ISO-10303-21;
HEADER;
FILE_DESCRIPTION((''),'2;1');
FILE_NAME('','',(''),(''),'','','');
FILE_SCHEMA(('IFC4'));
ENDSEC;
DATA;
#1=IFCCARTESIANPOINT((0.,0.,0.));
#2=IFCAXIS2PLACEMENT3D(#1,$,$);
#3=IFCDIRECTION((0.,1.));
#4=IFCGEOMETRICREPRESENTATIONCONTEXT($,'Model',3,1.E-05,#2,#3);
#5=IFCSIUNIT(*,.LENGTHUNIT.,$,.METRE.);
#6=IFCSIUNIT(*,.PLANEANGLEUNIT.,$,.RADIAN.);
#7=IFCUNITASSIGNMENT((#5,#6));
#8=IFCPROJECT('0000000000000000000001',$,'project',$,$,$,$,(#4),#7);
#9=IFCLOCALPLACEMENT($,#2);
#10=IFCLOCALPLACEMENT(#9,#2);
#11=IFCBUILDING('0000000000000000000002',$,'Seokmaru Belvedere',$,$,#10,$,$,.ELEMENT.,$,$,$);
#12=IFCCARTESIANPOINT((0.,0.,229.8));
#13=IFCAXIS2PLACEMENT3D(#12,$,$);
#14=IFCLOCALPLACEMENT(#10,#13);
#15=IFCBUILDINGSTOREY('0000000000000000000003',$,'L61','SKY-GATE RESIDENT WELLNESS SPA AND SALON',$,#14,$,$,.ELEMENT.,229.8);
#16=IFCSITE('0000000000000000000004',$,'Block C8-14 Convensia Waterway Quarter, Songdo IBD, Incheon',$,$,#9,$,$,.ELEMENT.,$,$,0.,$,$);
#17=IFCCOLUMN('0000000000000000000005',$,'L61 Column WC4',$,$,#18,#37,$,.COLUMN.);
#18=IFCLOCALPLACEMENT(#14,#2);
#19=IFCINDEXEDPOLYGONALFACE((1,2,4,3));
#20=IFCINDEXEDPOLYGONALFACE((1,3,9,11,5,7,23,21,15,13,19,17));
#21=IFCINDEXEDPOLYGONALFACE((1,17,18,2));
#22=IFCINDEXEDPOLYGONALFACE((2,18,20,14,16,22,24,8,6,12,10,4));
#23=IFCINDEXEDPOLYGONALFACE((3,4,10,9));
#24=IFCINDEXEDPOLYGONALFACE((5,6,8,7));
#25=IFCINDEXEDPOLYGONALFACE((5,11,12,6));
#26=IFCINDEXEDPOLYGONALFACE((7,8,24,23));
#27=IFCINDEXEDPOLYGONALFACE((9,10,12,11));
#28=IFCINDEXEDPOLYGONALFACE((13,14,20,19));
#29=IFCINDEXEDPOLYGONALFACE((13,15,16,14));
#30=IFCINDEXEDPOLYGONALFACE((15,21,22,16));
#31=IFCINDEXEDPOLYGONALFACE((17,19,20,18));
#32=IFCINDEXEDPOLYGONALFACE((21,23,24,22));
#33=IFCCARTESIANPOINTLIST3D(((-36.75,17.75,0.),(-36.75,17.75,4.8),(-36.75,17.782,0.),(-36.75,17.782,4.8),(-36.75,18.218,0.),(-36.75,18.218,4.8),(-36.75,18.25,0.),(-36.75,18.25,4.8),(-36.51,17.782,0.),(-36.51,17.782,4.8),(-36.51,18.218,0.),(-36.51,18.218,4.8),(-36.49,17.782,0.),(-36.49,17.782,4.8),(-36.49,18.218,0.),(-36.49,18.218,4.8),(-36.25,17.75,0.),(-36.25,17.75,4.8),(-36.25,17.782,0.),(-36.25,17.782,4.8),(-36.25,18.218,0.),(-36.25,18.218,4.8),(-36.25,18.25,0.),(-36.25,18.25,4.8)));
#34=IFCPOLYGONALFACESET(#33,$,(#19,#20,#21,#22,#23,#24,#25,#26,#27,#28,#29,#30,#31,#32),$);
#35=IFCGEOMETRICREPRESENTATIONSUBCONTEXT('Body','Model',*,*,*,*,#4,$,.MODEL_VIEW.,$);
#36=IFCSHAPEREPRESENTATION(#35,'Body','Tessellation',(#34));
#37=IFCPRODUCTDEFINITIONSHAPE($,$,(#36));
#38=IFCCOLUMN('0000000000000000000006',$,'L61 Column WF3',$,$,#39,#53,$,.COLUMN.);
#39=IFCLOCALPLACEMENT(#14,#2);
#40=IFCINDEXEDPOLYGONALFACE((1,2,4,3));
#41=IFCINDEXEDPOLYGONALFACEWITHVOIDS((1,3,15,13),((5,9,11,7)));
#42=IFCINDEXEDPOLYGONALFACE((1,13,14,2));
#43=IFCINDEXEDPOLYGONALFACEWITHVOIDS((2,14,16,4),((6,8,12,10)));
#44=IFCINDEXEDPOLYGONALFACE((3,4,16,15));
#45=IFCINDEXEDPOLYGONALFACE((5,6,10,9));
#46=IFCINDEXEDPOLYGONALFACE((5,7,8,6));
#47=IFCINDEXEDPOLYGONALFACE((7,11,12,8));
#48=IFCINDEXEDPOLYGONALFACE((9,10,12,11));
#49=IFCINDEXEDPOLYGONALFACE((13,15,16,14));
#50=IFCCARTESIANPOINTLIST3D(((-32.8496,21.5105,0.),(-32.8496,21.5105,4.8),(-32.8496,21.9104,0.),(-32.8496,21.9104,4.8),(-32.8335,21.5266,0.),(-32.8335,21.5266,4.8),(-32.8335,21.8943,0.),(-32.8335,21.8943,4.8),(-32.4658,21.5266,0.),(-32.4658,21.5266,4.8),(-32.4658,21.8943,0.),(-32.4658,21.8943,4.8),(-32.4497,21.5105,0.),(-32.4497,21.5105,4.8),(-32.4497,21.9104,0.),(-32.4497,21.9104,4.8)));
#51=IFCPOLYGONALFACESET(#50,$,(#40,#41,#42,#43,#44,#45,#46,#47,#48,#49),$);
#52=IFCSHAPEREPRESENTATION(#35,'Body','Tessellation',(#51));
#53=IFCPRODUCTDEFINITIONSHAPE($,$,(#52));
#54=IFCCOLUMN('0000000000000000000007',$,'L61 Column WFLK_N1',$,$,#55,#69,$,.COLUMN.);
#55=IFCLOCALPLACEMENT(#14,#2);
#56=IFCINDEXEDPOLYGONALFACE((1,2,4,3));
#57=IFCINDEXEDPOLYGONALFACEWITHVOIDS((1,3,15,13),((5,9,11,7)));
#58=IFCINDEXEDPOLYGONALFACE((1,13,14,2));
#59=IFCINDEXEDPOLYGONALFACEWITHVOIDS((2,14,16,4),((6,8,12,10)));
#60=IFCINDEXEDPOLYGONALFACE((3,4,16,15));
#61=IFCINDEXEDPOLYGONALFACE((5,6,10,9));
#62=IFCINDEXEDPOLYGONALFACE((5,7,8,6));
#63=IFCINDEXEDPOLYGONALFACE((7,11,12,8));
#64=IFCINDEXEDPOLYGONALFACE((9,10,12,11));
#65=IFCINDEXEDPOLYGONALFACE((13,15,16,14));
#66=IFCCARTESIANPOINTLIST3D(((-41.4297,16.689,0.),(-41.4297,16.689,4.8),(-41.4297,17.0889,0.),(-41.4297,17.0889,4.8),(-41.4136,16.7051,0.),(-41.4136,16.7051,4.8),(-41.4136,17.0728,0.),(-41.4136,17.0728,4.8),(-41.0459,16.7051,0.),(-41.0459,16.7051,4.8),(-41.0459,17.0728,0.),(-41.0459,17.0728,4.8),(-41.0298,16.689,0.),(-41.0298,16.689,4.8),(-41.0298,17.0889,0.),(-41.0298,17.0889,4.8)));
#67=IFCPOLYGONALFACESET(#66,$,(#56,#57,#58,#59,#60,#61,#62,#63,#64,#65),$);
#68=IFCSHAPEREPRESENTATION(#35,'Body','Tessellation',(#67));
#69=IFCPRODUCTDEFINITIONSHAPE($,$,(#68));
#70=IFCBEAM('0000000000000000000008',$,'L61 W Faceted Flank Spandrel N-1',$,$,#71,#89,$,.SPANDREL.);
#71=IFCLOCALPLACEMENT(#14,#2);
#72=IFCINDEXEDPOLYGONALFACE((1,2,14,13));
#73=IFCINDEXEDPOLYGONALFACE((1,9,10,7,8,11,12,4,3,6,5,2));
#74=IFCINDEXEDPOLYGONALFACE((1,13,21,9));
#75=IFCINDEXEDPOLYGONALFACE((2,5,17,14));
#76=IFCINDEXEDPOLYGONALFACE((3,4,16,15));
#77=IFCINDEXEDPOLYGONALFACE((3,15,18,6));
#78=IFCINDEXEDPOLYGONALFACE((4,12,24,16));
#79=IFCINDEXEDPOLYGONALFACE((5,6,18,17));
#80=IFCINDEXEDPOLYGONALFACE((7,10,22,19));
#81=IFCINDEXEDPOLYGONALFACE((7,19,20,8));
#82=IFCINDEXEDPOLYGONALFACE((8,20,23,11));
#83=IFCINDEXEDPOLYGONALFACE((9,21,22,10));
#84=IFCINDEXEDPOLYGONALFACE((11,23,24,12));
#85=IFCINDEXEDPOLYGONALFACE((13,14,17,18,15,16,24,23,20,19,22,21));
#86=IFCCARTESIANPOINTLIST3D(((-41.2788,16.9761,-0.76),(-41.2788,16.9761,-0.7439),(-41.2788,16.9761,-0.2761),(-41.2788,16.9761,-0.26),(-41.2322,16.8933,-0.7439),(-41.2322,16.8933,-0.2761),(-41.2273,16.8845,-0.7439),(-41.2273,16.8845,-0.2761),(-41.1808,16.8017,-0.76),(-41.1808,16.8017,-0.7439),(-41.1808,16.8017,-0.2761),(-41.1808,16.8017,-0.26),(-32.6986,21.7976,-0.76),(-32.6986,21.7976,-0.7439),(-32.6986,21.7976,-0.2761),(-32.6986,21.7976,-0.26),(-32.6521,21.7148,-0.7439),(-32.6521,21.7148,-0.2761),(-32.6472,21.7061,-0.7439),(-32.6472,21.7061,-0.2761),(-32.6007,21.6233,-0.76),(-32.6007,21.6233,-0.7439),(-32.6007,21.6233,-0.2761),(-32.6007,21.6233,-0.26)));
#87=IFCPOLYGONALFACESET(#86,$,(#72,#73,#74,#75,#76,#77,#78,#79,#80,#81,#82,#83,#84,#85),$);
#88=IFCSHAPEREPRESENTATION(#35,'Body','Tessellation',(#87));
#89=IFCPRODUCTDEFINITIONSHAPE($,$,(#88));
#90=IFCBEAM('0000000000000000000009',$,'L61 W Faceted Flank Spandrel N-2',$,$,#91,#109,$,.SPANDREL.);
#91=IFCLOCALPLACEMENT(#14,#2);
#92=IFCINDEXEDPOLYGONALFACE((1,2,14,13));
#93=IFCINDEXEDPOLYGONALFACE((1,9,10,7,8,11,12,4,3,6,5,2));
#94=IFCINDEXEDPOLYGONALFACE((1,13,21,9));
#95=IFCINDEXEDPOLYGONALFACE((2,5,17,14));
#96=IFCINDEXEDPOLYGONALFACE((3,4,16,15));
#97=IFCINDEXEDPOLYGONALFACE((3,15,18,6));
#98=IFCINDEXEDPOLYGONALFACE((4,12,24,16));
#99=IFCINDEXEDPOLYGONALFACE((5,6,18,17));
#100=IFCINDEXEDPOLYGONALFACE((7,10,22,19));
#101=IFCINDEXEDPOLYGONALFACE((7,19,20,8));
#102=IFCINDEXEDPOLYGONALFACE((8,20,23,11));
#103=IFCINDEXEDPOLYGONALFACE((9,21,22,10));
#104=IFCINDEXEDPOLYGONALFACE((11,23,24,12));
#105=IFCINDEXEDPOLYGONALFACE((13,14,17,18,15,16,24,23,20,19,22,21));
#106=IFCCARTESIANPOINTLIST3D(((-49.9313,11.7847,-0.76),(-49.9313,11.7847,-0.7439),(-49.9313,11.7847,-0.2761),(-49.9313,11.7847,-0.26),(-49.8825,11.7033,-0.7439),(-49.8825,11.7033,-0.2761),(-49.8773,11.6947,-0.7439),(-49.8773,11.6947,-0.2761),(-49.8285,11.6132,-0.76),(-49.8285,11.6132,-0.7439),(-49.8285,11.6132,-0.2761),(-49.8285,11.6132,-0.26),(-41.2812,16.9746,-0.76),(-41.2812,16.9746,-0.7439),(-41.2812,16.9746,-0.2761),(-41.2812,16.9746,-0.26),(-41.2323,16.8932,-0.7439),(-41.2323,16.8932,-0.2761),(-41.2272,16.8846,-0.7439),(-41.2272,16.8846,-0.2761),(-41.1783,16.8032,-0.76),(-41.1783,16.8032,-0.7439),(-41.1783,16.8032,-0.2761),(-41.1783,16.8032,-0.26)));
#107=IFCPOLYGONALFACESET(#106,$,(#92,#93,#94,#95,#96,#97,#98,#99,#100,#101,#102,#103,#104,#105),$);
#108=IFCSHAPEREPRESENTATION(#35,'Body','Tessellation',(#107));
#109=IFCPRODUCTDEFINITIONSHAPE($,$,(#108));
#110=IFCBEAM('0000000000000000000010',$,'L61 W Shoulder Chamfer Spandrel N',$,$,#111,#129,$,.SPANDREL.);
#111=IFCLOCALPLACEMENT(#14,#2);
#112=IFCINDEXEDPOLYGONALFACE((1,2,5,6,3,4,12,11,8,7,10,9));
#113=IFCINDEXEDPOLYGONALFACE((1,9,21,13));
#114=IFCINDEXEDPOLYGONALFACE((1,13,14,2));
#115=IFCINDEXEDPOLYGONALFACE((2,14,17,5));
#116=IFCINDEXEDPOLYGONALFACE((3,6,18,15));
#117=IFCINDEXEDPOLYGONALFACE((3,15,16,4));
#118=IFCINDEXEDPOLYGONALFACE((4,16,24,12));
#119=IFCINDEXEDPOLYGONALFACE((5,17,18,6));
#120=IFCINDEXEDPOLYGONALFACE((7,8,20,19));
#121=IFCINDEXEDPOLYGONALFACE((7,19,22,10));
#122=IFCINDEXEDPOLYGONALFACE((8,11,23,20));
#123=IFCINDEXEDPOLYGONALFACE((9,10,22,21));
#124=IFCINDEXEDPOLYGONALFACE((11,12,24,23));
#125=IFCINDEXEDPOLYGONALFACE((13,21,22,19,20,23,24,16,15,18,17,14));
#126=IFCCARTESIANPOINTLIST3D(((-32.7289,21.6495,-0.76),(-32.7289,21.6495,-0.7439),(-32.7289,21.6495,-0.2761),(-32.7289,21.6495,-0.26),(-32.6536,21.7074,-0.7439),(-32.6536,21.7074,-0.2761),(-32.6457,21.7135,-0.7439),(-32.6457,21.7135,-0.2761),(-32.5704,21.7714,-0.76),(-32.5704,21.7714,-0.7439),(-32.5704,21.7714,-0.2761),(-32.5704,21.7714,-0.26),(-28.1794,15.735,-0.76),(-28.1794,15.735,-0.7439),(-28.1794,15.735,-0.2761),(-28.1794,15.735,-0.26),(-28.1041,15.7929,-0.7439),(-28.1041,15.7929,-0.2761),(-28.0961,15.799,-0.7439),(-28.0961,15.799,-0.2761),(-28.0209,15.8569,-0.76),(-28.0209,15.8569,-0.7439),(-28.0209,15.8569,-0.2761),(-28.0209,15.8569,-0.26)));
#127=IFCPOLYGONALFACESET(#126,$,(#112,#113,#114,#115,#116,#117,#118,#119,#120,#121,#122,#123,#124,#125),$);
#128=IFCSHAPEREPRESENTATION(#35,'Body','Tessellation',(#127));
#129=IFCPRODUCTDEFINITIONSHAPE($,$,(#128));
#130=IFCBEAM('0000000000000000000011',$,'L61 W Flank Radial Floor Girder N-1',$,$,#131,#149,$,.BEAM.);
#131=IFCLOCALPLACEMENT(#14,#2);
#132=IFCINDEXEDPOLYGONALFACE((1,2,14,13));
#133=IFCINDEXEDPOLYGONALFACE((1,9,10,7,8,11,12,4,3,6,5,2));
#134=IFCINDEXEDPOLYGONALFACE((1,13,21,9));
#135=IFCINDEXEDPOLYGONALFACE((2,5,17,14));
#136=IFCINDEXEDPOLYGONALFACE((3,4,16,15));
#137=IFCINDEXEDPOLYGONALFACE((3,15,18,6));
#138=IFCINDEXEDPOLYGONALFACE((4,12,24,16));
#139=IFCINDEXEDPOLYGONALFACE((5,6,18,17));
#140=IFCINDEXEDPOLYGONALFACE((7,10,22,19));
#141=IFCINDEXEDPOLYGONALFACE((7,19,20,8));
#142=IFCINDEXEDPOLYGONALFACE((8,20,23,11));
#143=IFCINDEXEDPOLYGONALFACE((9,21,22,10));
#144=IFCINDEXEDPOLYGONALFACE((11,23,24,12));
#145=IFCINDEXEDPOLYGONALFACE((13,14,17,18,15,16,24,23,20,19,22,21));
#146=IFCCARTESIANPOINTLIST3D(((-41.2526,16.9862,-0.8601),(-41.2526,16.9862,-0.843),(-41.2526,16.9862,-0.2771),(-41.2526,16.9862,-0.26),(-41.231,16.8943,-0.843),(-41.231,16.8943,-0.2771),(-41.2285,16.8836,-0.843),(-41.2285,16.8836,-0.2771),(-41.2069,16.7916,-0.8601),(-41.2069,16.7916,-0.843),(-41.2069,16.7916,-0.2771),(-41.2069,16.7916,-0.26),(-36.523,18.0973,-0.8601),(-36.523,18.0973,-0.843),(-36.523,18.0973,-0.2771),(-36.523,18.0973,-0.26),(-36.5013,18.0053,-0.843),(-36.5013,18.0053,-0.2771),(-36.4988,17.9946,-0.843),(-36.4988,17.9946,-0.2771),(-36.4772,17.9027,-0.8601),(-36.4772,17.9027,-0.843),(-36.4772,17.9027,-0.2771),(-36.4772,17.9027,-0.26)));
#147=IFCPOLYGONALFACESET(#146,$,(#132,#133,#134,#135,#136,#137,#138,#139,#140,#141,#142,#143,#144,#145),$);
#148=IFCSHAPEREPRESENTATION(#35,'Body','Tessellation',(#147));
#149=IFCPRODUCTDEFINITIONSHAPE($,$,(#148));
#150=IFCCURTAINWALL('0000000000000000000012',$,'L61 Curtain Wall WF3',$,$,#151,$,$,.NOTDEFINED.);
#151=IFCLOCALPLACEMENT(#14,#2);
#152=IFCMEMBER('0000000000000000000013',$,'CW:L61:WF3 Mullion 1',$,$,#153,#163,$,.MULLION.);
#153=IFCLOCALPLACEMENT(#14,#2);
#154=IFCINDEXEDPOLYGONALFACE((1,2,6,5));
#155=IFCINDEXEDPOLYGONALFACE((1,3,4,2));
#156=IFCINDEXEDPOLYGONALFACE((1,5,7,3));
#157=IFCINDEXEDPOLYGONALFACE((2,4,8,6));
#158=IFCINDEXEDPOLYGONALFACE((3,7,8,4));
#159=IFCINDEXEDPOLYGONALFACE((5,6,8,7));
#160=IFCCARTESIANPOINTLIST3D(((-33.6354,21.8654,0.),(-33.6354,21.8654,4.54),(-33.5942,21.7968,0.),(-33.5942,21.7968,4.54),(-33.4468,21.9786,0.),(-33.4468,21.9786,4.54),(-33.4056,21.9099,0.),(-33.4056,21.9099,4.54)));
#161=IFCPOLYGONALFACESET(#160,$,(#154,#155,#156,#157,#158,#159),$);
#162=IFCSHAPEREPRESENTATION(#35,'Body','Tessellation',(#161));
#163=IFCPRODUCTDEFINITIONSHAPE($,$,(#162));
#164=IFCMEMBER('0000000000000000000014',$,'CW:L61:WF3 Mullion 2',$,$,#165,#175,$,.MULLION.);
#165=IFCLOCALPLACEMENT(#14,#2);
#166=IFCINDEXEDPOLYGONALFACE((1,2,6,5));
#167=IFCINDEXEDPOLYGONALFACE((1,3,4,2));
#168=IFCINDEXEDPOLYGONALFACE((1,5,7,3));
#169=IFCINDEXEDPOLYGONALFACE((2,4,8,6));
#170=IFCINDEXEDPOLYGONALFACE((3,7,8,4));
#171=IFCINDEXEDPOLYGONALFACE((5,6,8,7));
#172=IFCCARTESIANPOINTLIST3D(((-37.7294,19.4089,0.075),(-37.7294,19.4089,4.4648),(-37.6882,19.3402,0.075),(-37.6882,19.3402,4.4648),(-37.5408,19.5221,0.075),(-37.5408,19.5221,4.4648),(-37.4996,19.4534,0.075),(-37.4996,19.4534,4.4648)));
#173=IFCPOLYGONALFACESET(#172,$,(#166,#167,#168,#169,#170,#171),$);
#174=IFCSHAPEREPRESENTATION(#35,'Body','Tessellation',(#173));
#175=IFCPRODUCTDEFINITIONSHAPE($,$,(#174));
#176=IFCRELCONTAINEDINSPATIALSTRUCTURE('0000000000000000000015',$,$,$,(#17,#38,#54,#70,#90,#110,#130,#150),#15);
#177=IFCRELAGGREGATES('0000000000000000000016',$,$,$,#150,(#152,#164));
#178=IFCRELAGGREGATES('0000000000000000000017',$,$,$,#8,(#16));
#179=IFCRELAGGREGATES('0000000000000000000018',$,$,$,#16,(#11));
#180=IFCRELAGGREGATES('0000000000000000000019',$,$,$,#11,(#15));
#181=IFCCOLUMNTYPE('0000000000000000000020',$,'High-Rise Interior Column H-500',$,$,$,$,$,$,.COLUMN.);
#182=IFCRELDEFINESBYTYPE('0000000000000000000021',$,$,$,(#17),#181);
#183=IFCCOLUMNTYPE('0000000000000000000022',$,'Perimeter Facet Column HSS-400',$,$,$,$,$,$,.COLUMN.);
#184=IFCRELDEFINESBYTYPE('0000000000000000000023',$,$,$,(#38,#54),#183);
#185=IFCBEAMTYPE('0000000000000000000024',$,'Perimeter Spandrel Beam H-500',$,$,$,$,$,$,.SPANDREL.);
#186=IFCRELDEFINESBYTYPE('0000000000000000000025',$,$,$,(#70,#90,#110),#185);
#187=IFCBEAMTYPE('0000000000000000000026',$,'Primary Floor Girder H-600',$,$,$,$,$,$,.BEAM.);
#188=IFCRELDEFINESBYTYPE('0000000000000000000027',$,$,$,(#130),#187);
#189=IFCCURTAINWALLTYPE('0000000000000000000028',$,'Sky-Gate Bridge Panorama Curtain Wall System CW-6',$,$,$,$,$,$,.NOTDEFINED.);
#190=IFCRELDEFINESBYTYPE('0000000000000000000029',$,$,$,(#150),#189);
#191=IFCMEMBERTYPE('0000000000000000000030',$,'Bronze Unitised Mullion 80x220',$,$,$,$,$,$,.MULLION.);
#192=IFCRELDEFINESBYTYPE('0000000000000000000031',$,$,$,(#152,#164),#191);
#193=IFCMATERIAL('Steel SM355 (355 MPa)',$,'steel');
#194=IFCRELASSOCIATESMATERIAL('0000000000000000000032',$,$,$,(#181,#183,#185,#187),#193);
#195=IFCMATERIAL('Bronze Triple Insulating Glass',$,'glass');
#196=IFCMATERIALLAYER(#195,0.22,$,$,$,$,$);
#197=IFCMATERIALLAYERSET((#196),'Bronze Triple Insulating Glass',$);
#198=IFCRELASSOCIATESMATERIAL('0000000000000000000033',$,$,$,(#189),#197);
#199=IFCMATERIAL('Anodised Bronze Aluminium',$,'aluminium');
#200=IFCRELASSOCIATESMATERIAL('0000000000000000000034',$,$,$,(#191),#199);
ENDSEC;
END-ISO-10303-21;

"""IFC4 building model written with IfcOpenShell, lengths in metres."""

from ifc_helpers import new_model, si_unit, direction, frame, origin, origin_2d, place, context, subcontext, project, spatial, rectangle, hollow_rectangle, i_section, extrude, source, transform, mapped, material, layer, layer_set, material_profile, profile_set, type_object, type_shapes, element, aggregate, save


model = new_model("IFC4")

# Units and contexts
model_context = context("Model", 3, precision=1e-05, world=origin(), true_north=direction((0.0, 1.0)))
body_context = subcontext(model_context, "Body", "Model", "MODEL_VIEW")
ifc_project = project(units=[si_unit("LENGTHUNIT", "METRE"), si_unit("PLANEANGLEUNIT", "RADIAN")], contexts=[model_context])

# Site, building, storey
site_placement = place(None, origin())
site = spatial("IfcSite", under=ifc_project, at=site_placement, Name="Block C8-14 Convensia Waterway Quarter, Songdo IBD, Incheon", CompositionType="ELEMENT", RefElevation=0.0)
building_placement = place(site_placement, origin())
building = spatial("IfcBuilding", under=site, at=building_placement, Name="Seokmaru Belvedere", CompositionType="ELEMENT")
storey_placement = place(building_placement, frame((0.0, 0.0, 229.8)))
storey = spatial("IfcBuildingStorey", under=building, at=storey_placement, Name="L61", Description="SKY-GATE RESIDENT WELLNESS SPA AND SALON", CompositionType="ELEMENT", Elevation=229.8)

# Columns
ifc_material_1 = material(Name="Steel SM355 (355 MPa)", Category="steel")
ifc_material_profile_1 = material_profile(ifc_material_1, i_section(OverallWidth=0.5, OverallDepth=0.5, WebThickness=0.02, FlangeThickness=0.032, at=origin_2d()), Name="H-500x500x20x32")
ifc_profile_set_1 = profile_set([ifc_material_profile_1], Name="Steel SM355 (355 MPa)")
column_type_1 = type_object("IfcColumnType", Name="High-Rise Interior Column H-500", PredefinedType="COLUMN", material=ifc_profile_set_1)
shared_shape_1 = source(origin(), body_context, "Body", "SweptSolid", [
    extrude(i_section(OverallWidth=0.5, OverallDepth=0.5, WebThickness=0.02, FlangeThickness=0.032, at=origin_2d()), origin(), (0.0, 0.0, 1.0), 4.8),
])
type_shapes(column_type_1, [shared_shape_1])
column_placement = place(storey_placement, frame((-36.5, 18.0, 0.0), z_axis=(0.0, 0.0, 1.0), x_axis=(1.0, 0.0, 0.0)))
element("IfcColumn", 1, at=column_placement, inside=storey, type_object=column_type_1, Name="L61 Column WC4", PredefinedType="COLUMN", context=body_context, shape_type="MappedRepresentation", body=[
    mapped(shared_shape_1, transform((0.0, 0.0, 0.0), scale=1.0)),
])
ifc_material_profile_2 = material_profile(ifc_material_1, hollow_rectangle(XDim=0.3999, YDim=0.3999, WallThickness=0.0161, at=origin_2d()), Name="HSS-400x400x16")
ifc_profile_set_2 = profile_set([ifc_material_profile_2], Name="Steel SM355 (355 MPa)")
column_type_2 = type_object("IfcColumnType", Name="Perimeter Facet Column HSS-400", PredefinedType="COLUMN", material=ifc_profile_set_2)
shared_shape_2 = source(origin(), body_context, "Body", "SweptSolid", [
    extrude(hollow_rectangle(XDim=0.3999, YDim=0.3999, WallThickness=0.0161, at=origin_2d()), origin(), (0.0, 0.0, 1.0), 4.8),
])
type_shapes(column_type_2, [shared_shape_2])
for number, where, z_axis, x_axis, name in (
    (2, (-32.6497, 21.7104, 0.0), (0.0, 0.0, 1.0), (1.0, 0.0, 0.0), "L61 Column WF3"),
    (3, (-41.2297, 16.8889, 0.0), (0.0, 0.0, 1.0), (1.0, 0.0, 0.0), "L61 Column WFLK_N1"),
):
    element("IfcColumn", number, at=place(storey_placement, frame(where, z_axis=z_axis, x_axis=x_axis)), inside=storey, type_object=column_type_2, Name=name, PredefinedType="COLUMN", context=body_context, shape_type="MappedRepresentation", body=[
        mapped(shared_shape_2, transform((0.0, 0.0, 0.0), scale=1.0)),
    ])

# Beams
ifc_material_profile_3 = material_profile(ifc_material_1, i_section(OverallWidth=0.2, OverallDepth=0.5, WebThickness=0.01, FlangeThickness=0.0161, at=origin_2d()), Name="H-500x200x10x16")
ifc_profile_set_3 = profile_set([ifc_material_profile_3], Name="Steel SM355 (355 MPa)")
beam_type_1 = type_object("IfcBeamType", Name="Perimeter Spandrel Beam H-500", PredefinedType="SPANDREL", material=ifc_profile_set_3)
shared_shape_3 = source(origin(), body_context, "Body", "SweptSolid", [
    extrude(i_section(OverallWidth=0.2, OverallDepth=0.5, WebThickness=0.01, FlangeThickness=0.0161, at=origin_2d()), origin(), (0.0, 0.0, 1.0), 9.842),
])
beam_1_placement = place(storey_placement, frame((-32.6497, 21.7104, -0.51), z_axis=(-0.871782, -0.489894, 0.0), x_axis=(0.489894, -0.871782, 0.0)))
element("IfcBeam", 4, at=beam_1_placement, inside=storey, type_object=beam_type_1, Name="L61 W Faceted Flank Spandrel N-1", PredefinedType="SPANDREL", context=body_context, shape_type="MappedRepresentation", body=[
    mapped(shared_shape_3, transform((0.0, 0.0, 0.0), scale=1.0)),
])
shared_shape_4 = source(origin(), body_context, "Body", "SweptSolid", [
    extrude(i_section(OverallWidth=0.2, OverallDepth=0.5, WebThickness=0.01, FlangeThickness=0.0161, at=origin_2d()), origin(), (0.0, 0.0, 1.0), 10.0876),
])
beam_2_placement = place(storey_placement, frame((-41.2297, 16.8889, -0.51), z_axis=(-0.857499, -0.514485, 0.0), x_axis=(0.514485, -0.857499, 0.0)))
element("IfcBeam", 5, at=beam_2_placement, inside=storey, type_object=beam_type_1, Name="L61 W Faceted Flank Spandrel N-2", PredefinedType="SPANDREL", context=body_context, shape_type="MappedRepresentation", body=[
    mapped(shared_shape_4, transform((0.0, 0.0, 0.0), scale=1.0)),
])
shared_shape_5 = source(origin(), body_context, "Body", "SweptSolid", [
    extrude(i_section(OverallWidth=0.2, OverallDepth=0.5, WebThickness=0.01, FlangeThickness=0.0161, at=origin_2d()), origin(), (0.0, 0.0, 1.0), 7.4619),
])
type_shapes(beam_type_1, [shared_shape_3, shared_shape_4, shared_shape_5])
beam_3_placement = place(storey_placement, frame((-32.6497, 21.7104, -0.51), z_axis=(0.609703, -0.79263, 0.0), x_axis=(0.79263, 0.609703, 0.0)))
element("IfcBeam", 6, at=beam_3_placement, inside=storey, type_object=beam_type_1, Name="L61 W Shoulder Chamfer Spandrel N", PredefinedType="SPANDREL", context=body_context, shape_type="MappedRepresentation", body=[
    mapped(shared_shape_5, transform((0.0, 0.0, 0.0), scale=1.0)),
])
ifc_material_profile_4 = material_profile(ifc_material_1, i_section(OverallWidth=0.2, OverallDepth=0.6001, WebThickness=0.011, FlangeThickness=0.0171, at=origin_2d()), Name="H-600x200x11x17")
ifc_profile_set_4 = profile_set([ifc_material_profile_4], Name="Steel SM355 (355 MPa)")
beam_type_2 = type_object("IfcBeamType", Name="Primary Floor Girder H-600", PredefinedType="BEAM", material=ifc_profile_set_4)
shared_shape_6 = source(origin(), body_context, "Body", "SweptSolid", [
    extrude(i_section(OverallWidth=0.2, OverallDepth=0.6001, WebThickness=0.011, FlangeThickness=0.0171, at=origin_2d()), origin(), (0.0, 0.0, 1.0), 4.8584),
])
type_shapes(beam_type_2, [shared_shape_6])
beam_4_placement = place(storey_placement, frame((-41.2297, 16.8889, -0.5601), z_axis=(0.973499, 0.228689, 0.0), x_axis=(-0.228689, 0.973499, 0.0)))
element("IfcBeam", 7, at=beam_4_placement, inside=storey, type_object=beam_type_2, Name="L61 W Flank Radial Floor Girder N-1", PredefinedType="BEAM", context=body_context, shape_type="MappedRepresentation", body=[
    mapped(shared_shape_6, transform((0.0, 0.0, 0.0), scale=1.0)),
])

# Curtain wall, members
ifc_material_2 = material(Name="Bronze Triple Insulating Glass", Category="glass")
ifc_layer_1 = layer(ifc_material_2, 0.22)
ifc_layer_set_1 = layer_set([ifc_layer_1], Name="Bronze Triple Insulating Glass")
curtain_wall_type = type_object("IfcCurtainWallType", Name="Sky-Gate Bridge Panorama Curtain Wall System CW-6", PredefinedType="NOTDEFINED", material=ifc_layer_set_1)
curtain_wall_placement = place(storey_placement, origin())
curtain_wall = element("IfcCurtainWall", 8, at=curtain_wall_placement, inside=storey, type_object=curtain_wall_type, Name="L61 Curtain Wall WF3", PredefinedType="NOTDEFINED")
ifc_material_3 = material(Name="Anodised Bronze Aluminium", Category="aluminium")
ifc_material_profile_5 = material_profile(ifc_material_3, rectangle(XDim=0.0801, YDim=0.22, at=origin_2d()), Name="CW-M-80x220")
ifc_profile_set_5 = profile_set([ifc_material_profile_5], Name="Anodised Bronze Aluminium")
member_type_1 = type_object("IfcMemberType", Name="Bronze Unitised Mullion 80x220", PredefinedType="MULLION", material=ifc_profile_set_5)
shared_shape_7 = source(origin(), body_context, "Body", "SweptSolid", [
    extrude(rectangle(XDim=0.0801, YDim=0.22, at=origin_2d()), origin(), (0.0, 0.0, 1.0), 4.54),
])
member_1_placement = place(storey_placement, frame((-33.5205, 21.8877, 0.0), z_axis=(0.0, 0.0, 1.0), x_axis=(0.514495, -0.857493, 0.0)))
member_1 = element("IfcMember", 9, at=member_1_placement, type_object=member_type_1, Name="CW:L61:WF3 Mullion 1", PredefinedType="MULLION", context=body_context, shape_type="MappedRepresentation", body=[
    mapped(shared_shape_7, transform((0.0, 0.0, 0.0), scale=1.0)),
])
shared_shape_8 = source(origin(), body_context, "Body", "SweptSolid", [
    extrude(rectangle(XDim=0.0801, YDim=0.22, at=origin_2d()), origin(), (0.0, 0.0, 1.0), 4.3899),
])
type_shapes(member_type_1, [shared_shape_7, shared_shape_8])
member_2_placement = place(storey_placement, frame((-37.6145, 19.4312, 0.075), z_axis=(0.0, 0.0, 1.0), x_axis=(0.514495, -0.857493, 0.0)))
member_2 = element("IfcMember", 10, at=member_2_placement, type_object=member_type_1, Name="CW:L61:WF3 Mullion 2", PredefinedType="MULLION", context=body_context, shape_type="MappedRepresentation", body=[
    mapped(shared_shape_8, transform((0.0, 0.0, 0.0), scale=1.0)),
])
aggregate(curtain_wall, [member_1, member_2])

save(model, "model.ifc")
